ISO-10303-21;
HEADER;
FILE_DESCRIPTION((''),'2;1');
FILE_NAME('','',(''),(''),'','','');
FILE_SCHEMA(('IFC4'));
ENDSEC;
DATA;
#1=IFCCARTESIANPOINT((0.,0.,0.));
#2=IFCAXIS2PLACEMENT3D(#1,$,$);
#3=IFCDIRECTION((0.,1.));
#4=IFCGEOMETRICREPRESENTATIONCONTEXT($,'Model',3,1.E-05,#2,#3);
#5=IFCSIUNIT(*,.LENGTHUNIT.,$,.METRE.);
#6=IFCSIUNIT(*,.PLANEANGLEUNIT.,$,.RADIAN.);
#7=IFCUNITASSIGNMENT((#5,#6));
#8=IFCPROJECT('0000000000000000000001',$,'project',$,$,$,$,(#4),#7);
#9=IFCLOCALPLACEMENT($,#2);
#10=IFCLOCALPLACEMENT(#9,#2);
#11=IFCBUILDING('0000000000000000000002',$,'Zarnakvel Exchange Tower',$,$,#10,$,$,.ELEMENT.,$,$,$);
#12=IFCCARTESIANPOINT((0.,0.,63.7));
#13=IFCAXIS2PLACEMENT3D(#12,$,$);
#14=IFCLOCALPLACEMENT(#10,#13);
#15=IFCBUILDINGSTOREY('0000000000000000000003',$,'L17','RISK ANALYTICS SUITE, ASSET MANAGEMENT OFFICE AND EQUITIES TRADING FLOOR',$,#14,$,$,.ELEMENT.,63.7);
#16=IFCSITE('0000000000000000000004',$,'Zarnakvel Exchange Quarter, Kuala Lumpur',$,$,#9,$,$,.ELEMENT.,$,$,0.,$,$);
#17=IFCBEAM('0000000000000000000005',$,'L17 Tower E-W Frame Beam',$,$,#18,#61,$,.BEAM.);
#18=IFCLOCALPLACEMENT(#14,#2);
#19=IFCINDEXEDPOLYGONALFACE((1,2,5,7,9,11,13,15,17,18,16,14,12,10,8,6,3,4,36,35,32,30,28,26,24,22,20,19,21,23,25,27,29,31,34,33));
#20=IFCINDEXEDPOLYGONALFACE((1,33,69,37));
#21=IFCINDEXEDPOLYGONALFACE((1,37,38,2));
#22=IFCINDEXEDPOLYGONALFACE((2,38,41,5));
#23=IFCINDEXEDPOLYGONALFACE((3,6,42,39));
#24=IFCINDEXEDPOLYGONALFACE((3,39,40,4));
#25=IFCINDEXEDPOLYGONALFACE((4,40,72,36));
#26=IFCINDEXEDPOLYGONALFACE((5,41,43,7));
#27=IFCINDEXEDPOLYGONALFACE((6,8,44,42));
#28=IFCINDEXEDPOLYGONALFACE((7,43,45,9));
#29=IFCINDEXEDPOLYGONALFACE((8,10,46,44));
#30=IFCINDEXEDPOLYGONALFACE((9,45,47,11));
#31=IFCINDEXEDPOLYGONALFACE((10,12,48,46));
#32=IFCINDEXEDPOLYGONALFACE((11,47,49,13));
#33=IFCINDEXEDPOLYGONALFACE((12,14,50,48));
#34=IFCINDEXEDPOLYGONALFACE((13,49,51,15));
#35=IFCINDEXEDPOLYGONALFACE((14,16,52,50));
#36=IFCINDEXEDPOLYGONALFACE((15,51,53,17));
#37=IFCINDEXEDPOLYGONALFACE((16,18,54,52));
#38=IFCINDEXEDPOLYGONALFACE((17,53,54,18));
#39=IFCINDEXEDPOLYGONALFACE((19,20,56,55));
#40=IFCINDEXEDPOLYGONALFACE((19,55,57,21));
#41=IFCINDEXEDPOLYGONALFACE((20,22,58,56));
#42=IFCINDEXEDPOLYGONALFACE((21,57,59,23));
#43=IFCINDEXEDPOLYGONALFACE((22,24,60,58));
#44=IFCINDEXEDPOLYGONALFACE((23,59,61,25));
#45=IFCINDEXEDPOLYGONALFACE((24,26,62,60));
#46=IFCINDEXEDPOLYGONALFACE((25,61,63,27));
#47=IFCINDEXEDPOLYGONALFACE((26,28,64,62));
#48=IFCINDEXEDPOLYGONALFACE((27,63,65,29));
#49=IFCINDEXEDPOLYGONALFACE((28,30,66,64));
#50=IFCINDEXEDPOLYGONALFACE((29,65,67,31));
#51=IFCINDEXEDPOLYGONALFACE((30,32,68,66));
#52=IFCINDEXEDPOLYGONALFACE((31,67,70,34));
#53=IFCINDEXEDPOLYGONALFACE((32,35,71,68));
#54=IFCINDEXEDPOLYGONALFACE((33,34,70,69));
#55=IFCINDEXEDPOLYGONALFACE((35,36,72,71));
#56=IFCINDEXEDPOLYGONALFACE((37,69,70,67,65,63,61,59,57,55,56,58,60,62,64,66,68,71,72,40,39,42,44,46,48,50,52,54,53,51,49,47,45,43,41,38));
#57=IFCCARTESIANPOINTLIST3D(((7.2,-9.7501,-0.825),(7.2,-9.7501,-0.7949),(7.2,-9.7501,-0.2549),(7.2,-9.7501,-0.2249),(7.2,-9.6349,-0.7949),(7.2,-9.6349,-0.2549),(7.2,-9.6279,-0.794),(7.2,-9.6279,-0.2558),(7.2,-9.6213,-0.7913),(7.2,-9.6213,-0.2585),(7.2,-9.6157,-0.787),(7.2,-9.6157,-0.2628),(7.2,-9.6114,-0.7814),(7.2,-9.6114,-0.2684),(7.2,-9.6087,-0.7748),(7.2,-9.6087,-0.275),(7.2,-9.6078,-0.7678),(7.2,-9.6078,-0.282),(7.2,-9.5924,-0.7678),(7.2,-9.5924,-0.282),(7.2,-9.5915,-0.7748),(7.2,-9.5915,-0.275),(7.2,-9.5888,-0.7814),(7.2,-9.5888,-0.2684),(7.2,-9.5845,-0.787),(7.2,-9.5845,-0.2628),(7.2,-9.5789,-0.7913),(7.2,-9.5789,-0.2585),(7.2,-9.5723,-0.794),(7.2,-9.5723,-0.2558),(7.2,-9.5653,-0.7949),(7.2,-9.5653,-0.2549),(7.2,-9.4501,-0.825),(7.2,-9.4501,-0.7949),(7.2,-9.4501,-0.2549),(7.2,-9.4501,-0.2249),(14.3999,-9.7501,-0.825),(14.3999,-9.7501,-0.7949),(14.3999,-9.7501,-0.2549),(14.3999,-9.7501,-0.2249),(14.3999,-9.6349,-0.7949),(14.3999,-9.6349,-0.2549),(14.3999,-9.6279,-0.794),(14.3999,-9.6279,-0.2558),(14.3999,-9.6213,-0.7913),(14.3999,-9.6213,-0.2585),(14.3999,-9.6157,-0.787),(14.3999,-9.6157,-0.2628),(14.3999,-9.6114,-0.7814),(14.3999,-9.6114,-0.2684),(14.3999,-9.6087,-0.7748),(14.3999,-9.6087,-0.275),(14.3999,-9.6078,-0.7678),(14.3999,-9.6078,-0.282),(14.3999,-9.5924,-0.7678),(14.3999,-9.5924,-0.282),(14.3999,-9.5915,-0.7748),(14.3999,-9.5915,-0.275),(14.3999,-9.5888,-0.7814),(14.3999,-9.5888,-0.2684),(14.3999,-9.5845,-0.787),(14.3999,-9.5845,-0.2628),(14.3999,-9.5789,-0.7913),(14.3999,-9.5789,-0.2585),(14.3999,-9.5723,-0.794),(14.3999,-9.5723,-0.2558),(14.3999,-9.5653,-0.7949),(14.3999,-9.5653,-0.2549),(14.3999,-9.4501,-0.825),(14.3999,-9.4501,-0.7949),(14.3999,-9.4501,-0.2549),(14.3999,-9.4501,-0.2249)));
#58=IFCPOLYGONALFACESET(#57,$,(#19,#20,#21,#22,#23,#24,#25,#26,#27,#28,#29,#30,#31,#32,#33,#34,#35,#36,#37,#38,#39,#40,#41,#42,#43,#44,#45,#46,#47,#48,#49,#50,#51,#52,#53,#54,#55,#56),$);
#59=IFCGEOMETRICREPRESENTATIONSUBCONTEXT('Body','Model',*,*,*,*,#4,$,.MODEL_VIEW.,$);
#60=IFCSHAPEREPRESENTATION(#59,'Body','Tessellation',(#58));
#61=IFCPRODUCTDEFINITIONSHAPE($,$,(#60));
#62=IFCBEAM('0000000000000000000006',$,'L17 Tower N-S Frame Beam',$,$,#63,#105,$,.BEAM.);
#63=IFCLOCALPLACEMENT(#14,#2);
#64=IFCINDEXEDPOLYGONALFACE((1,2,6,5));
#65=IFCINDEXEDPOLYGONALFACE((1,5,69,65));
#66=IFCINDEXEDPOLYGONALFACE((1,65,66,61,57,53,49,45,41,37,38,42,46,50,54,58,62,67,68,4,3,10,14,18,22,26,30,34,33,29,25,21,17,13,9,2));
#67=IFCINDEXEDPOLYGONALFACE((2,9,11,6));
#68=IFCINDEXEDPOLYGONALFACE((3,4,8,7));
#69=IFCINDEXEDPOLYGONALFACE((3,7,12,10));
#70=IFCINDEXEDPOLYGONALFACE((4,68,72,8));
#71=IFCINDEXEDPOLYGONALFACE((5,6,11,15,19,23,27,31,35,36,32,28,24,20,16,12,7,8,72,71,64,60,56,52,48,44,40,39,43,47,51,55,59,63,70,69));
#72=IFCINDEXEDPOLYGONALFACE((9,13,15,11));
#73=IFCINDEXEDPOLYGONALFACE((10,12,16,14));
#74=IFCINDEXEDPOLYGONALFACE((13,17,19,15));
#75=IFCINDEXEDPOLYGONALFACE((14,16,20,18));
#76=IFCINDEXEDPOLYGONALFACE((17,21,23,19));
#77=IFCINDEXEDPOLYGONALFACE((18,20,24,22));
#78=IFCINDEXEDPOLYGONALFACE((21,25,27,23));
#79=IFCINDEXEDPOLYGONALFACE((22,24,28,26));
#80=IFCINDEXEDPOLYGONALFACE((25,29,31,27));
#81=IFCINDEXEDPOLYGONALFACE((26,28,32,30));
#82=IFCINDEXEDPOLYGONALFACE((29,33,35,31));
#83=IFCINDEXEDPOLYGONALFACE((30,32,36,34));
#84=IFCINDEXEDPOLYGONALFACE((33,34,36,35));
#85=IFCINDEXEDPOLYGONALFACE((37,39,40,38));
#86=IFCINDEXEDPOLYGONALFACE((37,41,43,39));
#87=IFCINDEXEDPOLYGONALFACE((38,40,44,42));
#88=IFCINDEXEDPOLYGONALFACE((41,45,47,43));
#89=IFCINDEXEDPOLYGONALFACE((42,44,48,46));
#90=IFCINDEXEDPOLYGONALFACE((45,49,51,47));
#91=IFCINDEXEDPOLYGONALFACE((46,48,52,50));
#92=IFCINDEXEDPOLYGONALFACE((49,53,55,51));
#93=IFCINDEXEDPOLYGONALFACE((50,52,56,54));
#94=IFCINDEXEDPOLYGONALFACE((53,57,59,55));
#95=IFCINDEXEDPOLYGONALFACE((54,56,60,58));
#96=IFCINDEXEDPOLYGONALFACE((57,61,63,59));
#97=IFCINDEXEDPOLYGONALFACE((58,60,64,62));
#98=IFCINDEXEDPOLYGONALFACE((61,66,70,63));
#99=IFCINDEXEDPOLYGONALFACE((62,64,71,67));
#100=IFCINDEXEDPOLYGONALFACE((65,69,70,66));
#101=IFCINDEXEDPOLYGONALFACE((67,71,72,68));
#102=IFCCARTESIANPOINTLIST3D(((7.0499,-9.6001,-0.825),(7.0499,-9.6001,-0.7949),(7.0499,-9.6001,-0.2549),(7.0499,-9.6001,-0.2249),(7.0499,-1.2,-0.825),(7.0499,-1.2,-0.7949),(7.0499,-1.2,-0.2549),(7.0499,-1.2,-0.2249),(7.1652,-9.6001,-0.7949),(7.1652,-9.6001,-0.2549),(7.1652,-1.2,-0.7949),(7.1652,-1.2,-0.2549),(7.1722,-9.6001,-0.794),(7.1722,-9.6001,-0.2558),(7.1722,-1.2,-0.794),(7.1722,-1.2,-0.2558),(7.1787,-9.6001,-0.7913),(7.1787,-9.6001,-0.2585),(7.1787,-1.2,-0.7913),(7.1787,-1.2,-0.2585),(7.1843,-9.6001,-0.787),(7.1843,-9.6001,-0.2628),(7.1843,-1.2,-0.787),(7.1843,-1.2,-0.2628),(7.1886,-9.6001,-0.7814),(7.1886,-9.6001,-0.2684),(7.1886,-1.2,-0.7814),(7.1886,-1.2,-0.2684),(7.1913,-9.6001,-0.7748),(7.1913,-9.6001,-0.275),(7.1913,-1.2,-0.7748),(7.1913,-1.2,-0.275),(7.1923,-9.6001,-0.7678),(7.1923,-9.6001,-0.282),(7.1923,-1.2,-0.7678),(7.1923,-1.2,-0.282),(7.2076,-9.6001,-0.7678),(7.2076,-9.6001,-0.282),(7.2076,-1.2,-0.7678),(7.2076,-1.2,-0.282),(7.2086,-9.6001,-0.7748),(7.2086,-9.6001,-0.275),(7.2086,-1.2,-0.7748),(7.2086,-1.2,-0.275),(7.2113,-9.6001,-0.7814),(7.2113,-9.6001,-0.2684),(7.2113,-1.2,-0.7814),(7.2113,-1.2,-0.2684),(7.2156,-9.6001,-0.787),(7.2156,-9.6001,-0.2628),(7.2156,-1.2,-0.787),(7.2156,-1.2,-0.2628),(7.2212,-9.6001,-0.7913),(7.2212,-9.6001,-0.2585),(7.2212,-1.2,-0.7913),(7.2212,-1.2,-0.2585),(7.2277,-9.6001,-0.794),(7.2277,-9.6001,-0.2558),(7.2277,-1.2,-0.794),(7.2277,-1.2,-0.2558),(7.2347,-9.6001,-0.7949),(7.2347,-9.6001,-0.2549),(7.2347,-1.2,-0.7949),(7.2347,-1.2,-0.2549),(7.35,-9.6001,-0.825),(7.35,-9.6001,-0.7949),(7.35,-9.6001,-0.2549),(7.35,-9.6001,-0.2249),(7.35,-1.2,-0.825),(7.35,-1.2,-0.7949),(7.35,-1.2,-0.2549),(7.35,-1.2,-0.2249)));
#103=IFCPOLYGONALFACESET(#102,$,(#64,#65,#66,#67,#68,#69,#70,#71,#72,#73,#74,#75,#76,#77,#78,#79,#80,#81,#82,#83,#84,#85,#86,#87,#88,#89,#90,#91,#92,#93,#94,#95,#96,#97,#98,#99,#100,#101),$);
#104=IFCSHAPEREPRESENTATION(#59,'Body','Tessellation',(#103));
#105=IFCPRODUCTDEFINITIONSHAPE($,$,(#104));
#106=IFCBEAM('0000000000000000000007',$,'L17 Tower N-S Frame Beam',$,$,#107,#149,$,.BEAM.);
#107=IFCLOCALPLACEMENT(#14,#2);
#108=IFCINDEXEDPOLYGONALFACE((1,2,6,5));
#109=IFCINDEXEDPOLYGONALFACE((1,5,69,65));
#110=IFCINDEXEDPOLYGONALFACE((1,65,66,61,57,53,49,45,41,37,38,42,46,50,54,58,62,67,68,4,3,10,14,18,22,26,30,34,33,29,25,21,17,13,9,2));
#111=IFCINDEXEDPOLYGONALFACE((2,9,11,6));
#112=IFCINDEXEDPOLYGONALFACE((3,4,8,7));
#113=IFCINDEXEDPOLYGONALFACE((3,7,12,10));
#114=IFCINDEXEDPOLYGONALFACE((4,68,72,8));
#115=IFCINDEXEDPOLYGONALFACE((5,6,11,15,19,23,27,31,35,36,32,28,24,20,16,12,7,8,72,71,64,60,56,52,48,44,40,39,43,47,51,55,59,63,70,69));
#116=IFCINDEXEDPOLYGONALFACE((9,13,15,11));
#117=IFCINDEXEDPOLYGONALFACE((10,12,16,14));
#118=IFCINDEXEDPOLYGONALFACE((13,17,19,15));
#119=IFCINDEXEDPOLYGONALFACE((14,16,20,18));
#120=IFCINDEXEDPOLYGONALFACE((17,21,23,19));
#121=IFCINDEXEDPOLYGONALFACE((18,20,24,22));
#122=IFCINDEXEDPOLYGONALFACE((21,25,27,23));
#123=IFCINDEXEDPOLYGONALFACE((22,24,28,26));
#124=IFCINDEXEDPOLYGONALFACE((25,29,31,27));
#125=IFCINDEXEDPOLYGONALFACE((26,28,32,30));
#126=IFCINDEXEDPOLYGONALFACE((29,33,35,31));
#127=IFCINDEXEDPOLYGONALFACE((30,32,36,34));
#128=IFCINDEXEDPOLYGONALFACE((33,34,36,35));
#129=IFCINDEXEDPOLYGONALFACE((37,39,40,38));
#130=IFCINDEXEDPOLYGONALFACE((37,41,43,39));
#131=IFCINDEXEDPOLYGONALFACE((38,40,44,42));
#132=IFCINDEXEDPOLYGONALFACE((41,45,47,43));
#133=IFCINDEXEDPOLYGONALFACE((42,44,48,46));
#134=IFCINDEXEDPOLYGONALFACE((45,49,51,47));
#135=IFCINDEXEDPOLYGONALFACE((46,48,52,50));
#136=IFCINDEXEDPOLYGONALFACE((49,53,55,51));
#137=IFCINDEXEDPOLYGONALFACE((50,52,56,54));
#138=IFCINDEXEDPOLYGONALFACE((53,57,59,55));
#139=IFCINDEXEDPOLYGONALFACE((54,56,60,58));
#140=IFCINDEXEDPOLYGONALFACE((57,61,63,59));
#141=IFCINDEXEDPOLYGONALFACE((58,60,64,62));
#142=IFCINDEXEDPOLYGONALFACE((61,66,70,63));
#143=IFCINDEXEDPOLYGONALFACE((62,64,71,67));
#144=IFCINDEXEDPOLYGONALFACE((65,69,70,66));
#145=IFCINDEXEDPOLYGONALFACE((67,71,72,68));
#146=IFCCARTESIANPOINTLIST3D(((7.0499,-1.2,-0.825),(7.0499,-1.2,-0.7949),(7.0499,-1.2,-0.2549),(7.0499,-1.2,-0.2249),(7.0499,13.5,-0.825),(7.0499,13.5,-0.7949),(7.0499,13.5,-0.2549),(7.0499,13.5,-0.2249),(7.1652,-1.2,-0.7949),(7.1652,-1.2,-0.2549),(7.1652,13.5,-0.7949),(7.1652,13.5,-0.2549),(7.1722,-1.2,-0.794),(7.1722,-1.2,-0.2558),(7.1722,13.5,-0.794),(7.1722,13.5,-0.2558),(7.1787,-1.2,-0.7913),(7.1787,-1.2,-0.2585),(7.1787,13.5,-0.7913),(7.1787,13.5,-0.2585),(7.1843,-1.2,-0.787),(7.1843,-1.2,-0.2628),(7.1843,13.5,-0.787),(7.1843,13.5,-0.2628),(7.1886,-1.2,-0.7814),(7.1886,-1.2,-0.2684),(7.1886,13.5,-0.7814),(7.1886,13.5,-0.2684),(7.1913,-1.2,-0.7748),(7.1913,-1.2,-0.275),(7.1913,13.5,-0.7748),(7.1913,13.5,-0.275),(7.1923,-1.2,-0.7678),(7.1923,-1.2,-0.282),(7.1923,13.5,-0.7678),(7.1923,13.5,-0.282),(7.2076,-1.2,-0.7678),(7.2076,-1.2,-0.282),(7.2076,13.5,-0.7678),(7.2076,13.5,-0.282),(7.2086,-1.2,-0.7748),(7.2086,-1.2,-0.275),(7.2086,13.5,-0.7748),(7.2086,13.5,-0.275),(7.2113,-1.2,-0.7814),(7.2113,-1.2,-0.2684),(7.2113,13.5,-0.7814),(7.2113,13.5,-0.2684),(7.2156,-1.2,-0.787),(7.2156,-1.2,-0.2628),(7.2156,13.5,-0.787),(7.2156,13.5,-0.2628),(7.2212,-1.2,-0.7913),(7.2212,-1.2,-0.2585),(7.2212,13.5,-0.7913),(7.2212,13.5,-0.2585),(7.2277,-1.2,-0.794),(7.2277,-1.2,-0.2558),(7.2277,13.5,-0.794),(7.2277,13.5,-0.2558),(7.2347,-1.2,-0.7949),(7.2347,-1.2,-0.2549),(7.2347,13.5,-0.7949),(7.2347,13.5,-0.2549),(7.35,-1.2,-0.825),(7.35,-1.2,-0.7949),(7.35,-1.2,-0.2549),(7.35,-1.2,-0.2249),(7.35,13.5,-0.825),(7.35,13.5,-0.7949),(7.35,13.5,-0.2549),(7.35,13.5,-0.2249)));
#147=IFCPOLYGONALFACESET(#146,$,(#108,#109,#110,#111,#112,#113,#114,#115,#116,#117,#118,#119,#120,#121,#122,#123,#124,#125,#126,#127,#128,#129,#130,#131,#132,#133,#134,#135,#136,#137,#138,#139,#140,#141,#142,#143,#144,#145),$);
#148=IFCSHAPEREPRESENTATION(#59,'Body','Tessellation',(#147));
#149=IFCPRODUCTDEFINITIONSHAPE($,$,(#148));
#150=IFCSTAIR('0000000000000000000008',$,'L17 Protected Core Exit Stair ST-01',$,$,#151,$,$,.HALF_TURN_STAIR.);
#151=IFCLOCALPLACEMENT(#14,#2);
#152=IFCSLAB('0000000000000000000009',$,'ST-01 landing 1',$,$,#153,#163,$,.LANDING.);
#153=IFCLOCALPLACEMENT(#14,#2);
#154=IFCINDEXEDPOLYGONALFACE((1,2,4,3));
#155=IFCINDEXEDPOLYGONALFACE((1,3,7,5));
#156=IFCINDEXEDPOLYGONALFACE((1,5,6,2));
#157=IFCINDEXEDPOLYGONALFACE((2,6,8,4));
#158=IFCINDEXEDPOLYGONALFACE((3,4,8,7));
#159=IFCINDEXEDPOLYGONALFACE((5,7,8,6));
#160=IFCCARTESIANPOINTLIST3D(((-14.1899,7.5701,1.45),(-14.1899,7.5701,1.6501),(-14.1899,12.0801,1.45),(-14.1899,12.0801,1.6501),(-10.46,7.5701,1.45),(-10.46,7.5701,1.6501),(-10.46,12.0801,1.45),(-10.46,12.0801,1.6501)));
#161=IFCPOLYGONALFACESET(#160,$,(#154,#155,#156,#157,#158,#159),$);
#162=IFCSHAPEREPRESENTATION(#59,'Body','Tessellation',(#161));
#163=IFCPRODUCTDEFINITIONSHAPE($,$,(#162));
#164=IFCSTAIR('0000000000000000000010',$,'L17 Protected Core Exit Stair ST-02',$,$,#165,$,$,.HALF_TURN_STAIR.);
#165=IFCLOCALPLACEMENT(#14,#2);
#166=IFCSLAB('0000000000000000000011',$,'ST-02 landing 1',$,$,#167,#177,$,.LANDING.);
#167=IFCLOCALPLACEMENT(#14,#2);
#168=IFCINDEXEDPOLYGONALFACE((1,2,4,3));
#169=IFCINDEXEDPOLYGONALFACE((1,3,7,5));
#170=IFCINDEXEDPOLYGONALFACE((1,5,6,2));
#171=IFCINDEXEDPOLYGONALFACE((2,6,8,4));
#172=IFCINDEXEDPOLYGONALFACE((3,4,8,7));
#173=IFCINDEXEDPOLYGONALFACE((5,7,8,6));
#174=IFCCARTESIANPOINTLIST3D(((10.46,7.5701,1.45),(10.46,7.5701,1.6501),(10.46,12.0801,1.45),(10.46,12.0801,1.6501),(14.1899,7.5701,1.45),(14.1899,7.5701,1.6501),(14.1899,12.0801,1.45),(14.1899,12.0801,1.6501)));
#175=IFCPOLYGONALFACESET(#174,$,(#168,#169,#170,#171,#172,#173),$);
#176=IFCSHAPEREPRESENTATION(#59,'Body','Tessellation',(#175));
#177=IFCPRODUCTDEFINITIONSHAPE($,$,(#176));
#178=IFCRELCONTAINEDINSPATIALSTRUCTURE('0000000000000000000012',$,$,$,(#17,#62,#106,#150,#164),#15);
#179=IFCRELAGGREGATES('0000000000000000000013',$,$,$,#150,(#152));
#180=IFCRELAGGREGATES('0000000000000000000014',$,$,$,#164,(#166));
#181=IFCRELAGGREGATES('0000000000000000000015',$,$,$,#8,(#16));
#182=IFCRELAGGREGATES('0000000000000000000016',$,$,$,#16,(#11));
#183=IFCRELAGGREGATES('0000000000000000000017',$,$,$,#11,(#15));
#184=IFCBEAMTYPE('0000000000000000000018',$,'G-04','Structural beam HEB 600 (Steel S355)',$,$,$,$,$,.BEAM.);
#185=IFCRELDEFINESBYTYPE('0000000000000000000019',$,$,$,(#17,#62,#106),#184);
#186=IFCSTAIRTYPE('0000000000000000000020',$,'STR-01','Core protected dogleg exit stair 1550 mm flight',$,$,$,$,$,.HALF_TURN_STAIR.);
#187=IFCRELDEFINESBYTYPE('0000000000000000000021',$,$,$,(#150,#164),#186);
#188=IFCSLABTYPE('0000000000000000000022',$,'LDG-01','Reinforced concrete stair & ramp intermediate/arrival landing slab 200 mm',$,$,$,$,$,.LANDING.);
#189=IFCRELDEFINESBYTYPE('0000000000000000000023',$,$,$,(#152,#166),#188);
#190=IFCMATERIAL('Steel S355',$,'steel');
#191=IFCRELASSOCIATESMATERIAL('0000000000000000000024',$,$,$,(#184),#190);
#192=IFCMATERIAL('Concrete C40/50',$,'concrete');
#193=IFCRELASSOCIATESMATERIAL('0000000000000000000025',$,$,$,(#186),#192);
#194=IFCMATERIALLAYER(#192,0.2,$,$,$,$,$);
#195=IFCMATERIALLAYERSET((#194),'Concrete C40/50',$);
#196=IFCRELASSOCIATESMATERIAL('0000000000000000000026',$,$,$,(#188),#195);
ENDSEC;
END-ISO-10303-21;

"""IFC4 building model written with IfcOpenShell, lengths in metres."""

from ifc_helpers import new_model, si_unit, direction, frame, origin, origin_2d, place, context, subcontext, project, spatial, polyline, i_section, outline, extrude, material, layer, layer_set, material_profile, profile_set, type_object, element, aggregate, save


model = new_model("IFC4")

# Units and contexts
model_context = context("Model", 3, precision=1e-05, world=origin(), true_north=direction((0.0, 1.0)))
body_context = subcontext(model_context, "Body", "Model", "MODEL_VIEW")
ifc_project = project(units=[si_unit("LENGTHUNIT", "METRE"), si_unit("PLANEANGLEUNIT", "RADIAN")], contexts=[model_context])

# Site, building, storey
site_placement = place(None, origin())
site = spatial("IfcSite", under=ifc_project, at=site_placement, Name="Zarnakvel Exchange Quarter, Kuala Lumpur", CompositionType="ELEMENT", RefElevation=0.0)
building_placement = place(site_placement, origin())
building = spatial("IfcBuilding", under=site, at=building_placement, Name="Zarnakvel Exchange Tower", CompositionType="ELEMENT")
storey_placement = place(building_placement, frame((0.0, 0.0, 63.7)))
storey = spatial("IfcBuildingStorey", under=building, at=storey_placement, Name="L17", Description="RISK ANALYTICS SUITE, ASSET MANAGEMENT OFFICE AND EQUITIES TRADING FLOOR", CompositionType="ELEMENT", Elevation=63.7)

# Beams
ifc_material_1 = material(Name="Steel S355", Category="steel")
ifc_material_profile_1 = material_profile(ifc_material_1, i_section(OverallWidth=0.3, OverallDepth=0.6001, WebThickness=0.0154, FlangeThickness=0.03, FilletRadius=0.0271, at=origin_2d()))
ifc_profile_set_1 = profile_set([ifc_material_profile_1], Name="Steel S355")
beam_type_1 = type_object("IfcBeamType", Name="G-04", Description="Structural beam HEB 600 (Steel S355)", PredefinedType="BEAM", material=ifc_profile_set_1)
beam_1_placement = place(storey_placement, frame((7.2, -9.6001, -0.5249), z_axis=(1.0, 0.0, 0.0), x_axis=(0.0, 1.0, 0.0)))
element("IfcBeam", 1, at=beam_1_placement, inside=storey, type_object=beam_type_1, Name="L17 Tower E-W Frame Beam", PredefinedType="BEAM", context=body_context, shape_type="SweptSolid", body=[
    extrude(i_section(OverallWidth=0.3, OverallDepth=0.6001, WebThickness=0.0154, FlangeThickness=0.03, FilletRadius=0.0271, at=origin_2d()), origin(), (0.0, 0.0, 1.0), 7.2),
])
beam_2_placement = place(storey_placement, frame((7.2, -9.6001, -0.5249), z_axis=(0.0, 1.0, 0.0), x_axis=(-1.0, 0.0, 0.0)))
element("IfcBeam", 2, at=beam_2_placement, inside=storey, type_object=beam_type_1, Name="L17 Tower N-S Frame Beam", PredefinedType="BEAM", context=body_context, shape_type="SweptSolid", body=[
    extrude(i_section(OverallWidth=0.3, OverallDepth=0.6001, WebThickness=0.0154, FlangeThickness=0.03, FilletRadius=0.0271, at=origin_2d()), origin(), (0.0, 0.0, 1.0), 8.4001),
])
beam_3_placement = place(storey_placement, frame((7.2, -1.2, -0.5249), z_axis=(0.0, 1.0, 0.0), x_axis=(-1.0, 0.0, 0.0)))
element("IfcBeam", 3, at=beam_3_placement, inside=storey, type_object=beam_type_1, Name="L17 Tower N-S Frame Beam", PredefinedType="BEAM", context=body_context, shape_type="SweptSolid", body=[
    extrude(i_section(OverallWidth=0.3, OverallDepth=0.6001, WebThickness=0.0154, FlangeThickness=0.03, FilletRadius=0.0271, at=origin_2d()), origin(), (0.0, 0.0, 1.0), 14.7),
])

# Stairs, slabs
ifc_material_2 = material(Name="Concrete C40/50", Category="concrete")
stair_type = type_object("IfcStairType", Name="STR-01", Description="Core protected dogleg exit stair 1550 mm flight", PredefinedType="HALF_TURN_STAIR", material=ifc_material_2)
stair_1_placement = place(storey_placement, origin())
stair_1 = element("IfcStair", 4, at=stair_1_placement, inside=storey, type_object=stair_type, Name="L17 Protected Core Exit Stair ST-01", PredefinedType="HALF_TURN_STAIR")
ifc_layer_1 = layer(ifc_material_2, 0.2)
ifc_layer_set_1 = layer_set([ifc_layer_1], Name="Concrete C40/50")
slab_type_1 = type_object("IfcSlabType", Name="LDG-01", Description="Reinforced concrete stair & ramp intermediate/arrival landing slab 200 mm", PredefinedType="LANDING", material=ifc_layer_set_1)
slab_1_placement = place(storey_placement, frame((0.0, 0.0, 1.45)))
slab_1 = element("IfcSlab", 5, at=slab_1_placement, type_object=slab_type_1, Name="ST-01 landing 1", PredefinedType="LANDING", context=body_context, shape_type="SweptSolid", body=[
    extrude(outline(polyline([(-14.1899, 7.5701), (-10.46, 7.5701), (-10.46, 12.0801), (-14.1899, 12.0801), (-14.1899, 7.5701)])), origin(), (0.0, 0.0, 1.0), 0.2002),
])
aggregate(stair_1, [slab_1])
stair_2_placement = place(storey_placement, origin())
stair_2 = element("IfcStair", 6, at=stair_2_placement, inside=storey, type_object=stair_type, Name="L17 Protected Core Exit Stair ST-02", PredefinedType="HALF_TURN_STAIR")
slab_2_placement = place(storey_placement, frame((0.0, 0.0, 1.45)))
slab_2 = element("IfcSlab", 7, at=slab_2_placement, type_object=slab_type_1, Name="ST-02 landing 1", PredefinedType="LANDING", context=body_context, shape_type="SweptSolid", body=[
    extrude(outline(polyline([(10.46, 7.5701), (14.1899, 7.5701), (14.1899, 12.0801), (10.46, 12.0801), (10.46, 7.5701)])), origin(), (0.0, 0.0, 1.0), 0.2002),
])
aggregate(stair_2, [slab_2])

save(model, "model.ifc")
